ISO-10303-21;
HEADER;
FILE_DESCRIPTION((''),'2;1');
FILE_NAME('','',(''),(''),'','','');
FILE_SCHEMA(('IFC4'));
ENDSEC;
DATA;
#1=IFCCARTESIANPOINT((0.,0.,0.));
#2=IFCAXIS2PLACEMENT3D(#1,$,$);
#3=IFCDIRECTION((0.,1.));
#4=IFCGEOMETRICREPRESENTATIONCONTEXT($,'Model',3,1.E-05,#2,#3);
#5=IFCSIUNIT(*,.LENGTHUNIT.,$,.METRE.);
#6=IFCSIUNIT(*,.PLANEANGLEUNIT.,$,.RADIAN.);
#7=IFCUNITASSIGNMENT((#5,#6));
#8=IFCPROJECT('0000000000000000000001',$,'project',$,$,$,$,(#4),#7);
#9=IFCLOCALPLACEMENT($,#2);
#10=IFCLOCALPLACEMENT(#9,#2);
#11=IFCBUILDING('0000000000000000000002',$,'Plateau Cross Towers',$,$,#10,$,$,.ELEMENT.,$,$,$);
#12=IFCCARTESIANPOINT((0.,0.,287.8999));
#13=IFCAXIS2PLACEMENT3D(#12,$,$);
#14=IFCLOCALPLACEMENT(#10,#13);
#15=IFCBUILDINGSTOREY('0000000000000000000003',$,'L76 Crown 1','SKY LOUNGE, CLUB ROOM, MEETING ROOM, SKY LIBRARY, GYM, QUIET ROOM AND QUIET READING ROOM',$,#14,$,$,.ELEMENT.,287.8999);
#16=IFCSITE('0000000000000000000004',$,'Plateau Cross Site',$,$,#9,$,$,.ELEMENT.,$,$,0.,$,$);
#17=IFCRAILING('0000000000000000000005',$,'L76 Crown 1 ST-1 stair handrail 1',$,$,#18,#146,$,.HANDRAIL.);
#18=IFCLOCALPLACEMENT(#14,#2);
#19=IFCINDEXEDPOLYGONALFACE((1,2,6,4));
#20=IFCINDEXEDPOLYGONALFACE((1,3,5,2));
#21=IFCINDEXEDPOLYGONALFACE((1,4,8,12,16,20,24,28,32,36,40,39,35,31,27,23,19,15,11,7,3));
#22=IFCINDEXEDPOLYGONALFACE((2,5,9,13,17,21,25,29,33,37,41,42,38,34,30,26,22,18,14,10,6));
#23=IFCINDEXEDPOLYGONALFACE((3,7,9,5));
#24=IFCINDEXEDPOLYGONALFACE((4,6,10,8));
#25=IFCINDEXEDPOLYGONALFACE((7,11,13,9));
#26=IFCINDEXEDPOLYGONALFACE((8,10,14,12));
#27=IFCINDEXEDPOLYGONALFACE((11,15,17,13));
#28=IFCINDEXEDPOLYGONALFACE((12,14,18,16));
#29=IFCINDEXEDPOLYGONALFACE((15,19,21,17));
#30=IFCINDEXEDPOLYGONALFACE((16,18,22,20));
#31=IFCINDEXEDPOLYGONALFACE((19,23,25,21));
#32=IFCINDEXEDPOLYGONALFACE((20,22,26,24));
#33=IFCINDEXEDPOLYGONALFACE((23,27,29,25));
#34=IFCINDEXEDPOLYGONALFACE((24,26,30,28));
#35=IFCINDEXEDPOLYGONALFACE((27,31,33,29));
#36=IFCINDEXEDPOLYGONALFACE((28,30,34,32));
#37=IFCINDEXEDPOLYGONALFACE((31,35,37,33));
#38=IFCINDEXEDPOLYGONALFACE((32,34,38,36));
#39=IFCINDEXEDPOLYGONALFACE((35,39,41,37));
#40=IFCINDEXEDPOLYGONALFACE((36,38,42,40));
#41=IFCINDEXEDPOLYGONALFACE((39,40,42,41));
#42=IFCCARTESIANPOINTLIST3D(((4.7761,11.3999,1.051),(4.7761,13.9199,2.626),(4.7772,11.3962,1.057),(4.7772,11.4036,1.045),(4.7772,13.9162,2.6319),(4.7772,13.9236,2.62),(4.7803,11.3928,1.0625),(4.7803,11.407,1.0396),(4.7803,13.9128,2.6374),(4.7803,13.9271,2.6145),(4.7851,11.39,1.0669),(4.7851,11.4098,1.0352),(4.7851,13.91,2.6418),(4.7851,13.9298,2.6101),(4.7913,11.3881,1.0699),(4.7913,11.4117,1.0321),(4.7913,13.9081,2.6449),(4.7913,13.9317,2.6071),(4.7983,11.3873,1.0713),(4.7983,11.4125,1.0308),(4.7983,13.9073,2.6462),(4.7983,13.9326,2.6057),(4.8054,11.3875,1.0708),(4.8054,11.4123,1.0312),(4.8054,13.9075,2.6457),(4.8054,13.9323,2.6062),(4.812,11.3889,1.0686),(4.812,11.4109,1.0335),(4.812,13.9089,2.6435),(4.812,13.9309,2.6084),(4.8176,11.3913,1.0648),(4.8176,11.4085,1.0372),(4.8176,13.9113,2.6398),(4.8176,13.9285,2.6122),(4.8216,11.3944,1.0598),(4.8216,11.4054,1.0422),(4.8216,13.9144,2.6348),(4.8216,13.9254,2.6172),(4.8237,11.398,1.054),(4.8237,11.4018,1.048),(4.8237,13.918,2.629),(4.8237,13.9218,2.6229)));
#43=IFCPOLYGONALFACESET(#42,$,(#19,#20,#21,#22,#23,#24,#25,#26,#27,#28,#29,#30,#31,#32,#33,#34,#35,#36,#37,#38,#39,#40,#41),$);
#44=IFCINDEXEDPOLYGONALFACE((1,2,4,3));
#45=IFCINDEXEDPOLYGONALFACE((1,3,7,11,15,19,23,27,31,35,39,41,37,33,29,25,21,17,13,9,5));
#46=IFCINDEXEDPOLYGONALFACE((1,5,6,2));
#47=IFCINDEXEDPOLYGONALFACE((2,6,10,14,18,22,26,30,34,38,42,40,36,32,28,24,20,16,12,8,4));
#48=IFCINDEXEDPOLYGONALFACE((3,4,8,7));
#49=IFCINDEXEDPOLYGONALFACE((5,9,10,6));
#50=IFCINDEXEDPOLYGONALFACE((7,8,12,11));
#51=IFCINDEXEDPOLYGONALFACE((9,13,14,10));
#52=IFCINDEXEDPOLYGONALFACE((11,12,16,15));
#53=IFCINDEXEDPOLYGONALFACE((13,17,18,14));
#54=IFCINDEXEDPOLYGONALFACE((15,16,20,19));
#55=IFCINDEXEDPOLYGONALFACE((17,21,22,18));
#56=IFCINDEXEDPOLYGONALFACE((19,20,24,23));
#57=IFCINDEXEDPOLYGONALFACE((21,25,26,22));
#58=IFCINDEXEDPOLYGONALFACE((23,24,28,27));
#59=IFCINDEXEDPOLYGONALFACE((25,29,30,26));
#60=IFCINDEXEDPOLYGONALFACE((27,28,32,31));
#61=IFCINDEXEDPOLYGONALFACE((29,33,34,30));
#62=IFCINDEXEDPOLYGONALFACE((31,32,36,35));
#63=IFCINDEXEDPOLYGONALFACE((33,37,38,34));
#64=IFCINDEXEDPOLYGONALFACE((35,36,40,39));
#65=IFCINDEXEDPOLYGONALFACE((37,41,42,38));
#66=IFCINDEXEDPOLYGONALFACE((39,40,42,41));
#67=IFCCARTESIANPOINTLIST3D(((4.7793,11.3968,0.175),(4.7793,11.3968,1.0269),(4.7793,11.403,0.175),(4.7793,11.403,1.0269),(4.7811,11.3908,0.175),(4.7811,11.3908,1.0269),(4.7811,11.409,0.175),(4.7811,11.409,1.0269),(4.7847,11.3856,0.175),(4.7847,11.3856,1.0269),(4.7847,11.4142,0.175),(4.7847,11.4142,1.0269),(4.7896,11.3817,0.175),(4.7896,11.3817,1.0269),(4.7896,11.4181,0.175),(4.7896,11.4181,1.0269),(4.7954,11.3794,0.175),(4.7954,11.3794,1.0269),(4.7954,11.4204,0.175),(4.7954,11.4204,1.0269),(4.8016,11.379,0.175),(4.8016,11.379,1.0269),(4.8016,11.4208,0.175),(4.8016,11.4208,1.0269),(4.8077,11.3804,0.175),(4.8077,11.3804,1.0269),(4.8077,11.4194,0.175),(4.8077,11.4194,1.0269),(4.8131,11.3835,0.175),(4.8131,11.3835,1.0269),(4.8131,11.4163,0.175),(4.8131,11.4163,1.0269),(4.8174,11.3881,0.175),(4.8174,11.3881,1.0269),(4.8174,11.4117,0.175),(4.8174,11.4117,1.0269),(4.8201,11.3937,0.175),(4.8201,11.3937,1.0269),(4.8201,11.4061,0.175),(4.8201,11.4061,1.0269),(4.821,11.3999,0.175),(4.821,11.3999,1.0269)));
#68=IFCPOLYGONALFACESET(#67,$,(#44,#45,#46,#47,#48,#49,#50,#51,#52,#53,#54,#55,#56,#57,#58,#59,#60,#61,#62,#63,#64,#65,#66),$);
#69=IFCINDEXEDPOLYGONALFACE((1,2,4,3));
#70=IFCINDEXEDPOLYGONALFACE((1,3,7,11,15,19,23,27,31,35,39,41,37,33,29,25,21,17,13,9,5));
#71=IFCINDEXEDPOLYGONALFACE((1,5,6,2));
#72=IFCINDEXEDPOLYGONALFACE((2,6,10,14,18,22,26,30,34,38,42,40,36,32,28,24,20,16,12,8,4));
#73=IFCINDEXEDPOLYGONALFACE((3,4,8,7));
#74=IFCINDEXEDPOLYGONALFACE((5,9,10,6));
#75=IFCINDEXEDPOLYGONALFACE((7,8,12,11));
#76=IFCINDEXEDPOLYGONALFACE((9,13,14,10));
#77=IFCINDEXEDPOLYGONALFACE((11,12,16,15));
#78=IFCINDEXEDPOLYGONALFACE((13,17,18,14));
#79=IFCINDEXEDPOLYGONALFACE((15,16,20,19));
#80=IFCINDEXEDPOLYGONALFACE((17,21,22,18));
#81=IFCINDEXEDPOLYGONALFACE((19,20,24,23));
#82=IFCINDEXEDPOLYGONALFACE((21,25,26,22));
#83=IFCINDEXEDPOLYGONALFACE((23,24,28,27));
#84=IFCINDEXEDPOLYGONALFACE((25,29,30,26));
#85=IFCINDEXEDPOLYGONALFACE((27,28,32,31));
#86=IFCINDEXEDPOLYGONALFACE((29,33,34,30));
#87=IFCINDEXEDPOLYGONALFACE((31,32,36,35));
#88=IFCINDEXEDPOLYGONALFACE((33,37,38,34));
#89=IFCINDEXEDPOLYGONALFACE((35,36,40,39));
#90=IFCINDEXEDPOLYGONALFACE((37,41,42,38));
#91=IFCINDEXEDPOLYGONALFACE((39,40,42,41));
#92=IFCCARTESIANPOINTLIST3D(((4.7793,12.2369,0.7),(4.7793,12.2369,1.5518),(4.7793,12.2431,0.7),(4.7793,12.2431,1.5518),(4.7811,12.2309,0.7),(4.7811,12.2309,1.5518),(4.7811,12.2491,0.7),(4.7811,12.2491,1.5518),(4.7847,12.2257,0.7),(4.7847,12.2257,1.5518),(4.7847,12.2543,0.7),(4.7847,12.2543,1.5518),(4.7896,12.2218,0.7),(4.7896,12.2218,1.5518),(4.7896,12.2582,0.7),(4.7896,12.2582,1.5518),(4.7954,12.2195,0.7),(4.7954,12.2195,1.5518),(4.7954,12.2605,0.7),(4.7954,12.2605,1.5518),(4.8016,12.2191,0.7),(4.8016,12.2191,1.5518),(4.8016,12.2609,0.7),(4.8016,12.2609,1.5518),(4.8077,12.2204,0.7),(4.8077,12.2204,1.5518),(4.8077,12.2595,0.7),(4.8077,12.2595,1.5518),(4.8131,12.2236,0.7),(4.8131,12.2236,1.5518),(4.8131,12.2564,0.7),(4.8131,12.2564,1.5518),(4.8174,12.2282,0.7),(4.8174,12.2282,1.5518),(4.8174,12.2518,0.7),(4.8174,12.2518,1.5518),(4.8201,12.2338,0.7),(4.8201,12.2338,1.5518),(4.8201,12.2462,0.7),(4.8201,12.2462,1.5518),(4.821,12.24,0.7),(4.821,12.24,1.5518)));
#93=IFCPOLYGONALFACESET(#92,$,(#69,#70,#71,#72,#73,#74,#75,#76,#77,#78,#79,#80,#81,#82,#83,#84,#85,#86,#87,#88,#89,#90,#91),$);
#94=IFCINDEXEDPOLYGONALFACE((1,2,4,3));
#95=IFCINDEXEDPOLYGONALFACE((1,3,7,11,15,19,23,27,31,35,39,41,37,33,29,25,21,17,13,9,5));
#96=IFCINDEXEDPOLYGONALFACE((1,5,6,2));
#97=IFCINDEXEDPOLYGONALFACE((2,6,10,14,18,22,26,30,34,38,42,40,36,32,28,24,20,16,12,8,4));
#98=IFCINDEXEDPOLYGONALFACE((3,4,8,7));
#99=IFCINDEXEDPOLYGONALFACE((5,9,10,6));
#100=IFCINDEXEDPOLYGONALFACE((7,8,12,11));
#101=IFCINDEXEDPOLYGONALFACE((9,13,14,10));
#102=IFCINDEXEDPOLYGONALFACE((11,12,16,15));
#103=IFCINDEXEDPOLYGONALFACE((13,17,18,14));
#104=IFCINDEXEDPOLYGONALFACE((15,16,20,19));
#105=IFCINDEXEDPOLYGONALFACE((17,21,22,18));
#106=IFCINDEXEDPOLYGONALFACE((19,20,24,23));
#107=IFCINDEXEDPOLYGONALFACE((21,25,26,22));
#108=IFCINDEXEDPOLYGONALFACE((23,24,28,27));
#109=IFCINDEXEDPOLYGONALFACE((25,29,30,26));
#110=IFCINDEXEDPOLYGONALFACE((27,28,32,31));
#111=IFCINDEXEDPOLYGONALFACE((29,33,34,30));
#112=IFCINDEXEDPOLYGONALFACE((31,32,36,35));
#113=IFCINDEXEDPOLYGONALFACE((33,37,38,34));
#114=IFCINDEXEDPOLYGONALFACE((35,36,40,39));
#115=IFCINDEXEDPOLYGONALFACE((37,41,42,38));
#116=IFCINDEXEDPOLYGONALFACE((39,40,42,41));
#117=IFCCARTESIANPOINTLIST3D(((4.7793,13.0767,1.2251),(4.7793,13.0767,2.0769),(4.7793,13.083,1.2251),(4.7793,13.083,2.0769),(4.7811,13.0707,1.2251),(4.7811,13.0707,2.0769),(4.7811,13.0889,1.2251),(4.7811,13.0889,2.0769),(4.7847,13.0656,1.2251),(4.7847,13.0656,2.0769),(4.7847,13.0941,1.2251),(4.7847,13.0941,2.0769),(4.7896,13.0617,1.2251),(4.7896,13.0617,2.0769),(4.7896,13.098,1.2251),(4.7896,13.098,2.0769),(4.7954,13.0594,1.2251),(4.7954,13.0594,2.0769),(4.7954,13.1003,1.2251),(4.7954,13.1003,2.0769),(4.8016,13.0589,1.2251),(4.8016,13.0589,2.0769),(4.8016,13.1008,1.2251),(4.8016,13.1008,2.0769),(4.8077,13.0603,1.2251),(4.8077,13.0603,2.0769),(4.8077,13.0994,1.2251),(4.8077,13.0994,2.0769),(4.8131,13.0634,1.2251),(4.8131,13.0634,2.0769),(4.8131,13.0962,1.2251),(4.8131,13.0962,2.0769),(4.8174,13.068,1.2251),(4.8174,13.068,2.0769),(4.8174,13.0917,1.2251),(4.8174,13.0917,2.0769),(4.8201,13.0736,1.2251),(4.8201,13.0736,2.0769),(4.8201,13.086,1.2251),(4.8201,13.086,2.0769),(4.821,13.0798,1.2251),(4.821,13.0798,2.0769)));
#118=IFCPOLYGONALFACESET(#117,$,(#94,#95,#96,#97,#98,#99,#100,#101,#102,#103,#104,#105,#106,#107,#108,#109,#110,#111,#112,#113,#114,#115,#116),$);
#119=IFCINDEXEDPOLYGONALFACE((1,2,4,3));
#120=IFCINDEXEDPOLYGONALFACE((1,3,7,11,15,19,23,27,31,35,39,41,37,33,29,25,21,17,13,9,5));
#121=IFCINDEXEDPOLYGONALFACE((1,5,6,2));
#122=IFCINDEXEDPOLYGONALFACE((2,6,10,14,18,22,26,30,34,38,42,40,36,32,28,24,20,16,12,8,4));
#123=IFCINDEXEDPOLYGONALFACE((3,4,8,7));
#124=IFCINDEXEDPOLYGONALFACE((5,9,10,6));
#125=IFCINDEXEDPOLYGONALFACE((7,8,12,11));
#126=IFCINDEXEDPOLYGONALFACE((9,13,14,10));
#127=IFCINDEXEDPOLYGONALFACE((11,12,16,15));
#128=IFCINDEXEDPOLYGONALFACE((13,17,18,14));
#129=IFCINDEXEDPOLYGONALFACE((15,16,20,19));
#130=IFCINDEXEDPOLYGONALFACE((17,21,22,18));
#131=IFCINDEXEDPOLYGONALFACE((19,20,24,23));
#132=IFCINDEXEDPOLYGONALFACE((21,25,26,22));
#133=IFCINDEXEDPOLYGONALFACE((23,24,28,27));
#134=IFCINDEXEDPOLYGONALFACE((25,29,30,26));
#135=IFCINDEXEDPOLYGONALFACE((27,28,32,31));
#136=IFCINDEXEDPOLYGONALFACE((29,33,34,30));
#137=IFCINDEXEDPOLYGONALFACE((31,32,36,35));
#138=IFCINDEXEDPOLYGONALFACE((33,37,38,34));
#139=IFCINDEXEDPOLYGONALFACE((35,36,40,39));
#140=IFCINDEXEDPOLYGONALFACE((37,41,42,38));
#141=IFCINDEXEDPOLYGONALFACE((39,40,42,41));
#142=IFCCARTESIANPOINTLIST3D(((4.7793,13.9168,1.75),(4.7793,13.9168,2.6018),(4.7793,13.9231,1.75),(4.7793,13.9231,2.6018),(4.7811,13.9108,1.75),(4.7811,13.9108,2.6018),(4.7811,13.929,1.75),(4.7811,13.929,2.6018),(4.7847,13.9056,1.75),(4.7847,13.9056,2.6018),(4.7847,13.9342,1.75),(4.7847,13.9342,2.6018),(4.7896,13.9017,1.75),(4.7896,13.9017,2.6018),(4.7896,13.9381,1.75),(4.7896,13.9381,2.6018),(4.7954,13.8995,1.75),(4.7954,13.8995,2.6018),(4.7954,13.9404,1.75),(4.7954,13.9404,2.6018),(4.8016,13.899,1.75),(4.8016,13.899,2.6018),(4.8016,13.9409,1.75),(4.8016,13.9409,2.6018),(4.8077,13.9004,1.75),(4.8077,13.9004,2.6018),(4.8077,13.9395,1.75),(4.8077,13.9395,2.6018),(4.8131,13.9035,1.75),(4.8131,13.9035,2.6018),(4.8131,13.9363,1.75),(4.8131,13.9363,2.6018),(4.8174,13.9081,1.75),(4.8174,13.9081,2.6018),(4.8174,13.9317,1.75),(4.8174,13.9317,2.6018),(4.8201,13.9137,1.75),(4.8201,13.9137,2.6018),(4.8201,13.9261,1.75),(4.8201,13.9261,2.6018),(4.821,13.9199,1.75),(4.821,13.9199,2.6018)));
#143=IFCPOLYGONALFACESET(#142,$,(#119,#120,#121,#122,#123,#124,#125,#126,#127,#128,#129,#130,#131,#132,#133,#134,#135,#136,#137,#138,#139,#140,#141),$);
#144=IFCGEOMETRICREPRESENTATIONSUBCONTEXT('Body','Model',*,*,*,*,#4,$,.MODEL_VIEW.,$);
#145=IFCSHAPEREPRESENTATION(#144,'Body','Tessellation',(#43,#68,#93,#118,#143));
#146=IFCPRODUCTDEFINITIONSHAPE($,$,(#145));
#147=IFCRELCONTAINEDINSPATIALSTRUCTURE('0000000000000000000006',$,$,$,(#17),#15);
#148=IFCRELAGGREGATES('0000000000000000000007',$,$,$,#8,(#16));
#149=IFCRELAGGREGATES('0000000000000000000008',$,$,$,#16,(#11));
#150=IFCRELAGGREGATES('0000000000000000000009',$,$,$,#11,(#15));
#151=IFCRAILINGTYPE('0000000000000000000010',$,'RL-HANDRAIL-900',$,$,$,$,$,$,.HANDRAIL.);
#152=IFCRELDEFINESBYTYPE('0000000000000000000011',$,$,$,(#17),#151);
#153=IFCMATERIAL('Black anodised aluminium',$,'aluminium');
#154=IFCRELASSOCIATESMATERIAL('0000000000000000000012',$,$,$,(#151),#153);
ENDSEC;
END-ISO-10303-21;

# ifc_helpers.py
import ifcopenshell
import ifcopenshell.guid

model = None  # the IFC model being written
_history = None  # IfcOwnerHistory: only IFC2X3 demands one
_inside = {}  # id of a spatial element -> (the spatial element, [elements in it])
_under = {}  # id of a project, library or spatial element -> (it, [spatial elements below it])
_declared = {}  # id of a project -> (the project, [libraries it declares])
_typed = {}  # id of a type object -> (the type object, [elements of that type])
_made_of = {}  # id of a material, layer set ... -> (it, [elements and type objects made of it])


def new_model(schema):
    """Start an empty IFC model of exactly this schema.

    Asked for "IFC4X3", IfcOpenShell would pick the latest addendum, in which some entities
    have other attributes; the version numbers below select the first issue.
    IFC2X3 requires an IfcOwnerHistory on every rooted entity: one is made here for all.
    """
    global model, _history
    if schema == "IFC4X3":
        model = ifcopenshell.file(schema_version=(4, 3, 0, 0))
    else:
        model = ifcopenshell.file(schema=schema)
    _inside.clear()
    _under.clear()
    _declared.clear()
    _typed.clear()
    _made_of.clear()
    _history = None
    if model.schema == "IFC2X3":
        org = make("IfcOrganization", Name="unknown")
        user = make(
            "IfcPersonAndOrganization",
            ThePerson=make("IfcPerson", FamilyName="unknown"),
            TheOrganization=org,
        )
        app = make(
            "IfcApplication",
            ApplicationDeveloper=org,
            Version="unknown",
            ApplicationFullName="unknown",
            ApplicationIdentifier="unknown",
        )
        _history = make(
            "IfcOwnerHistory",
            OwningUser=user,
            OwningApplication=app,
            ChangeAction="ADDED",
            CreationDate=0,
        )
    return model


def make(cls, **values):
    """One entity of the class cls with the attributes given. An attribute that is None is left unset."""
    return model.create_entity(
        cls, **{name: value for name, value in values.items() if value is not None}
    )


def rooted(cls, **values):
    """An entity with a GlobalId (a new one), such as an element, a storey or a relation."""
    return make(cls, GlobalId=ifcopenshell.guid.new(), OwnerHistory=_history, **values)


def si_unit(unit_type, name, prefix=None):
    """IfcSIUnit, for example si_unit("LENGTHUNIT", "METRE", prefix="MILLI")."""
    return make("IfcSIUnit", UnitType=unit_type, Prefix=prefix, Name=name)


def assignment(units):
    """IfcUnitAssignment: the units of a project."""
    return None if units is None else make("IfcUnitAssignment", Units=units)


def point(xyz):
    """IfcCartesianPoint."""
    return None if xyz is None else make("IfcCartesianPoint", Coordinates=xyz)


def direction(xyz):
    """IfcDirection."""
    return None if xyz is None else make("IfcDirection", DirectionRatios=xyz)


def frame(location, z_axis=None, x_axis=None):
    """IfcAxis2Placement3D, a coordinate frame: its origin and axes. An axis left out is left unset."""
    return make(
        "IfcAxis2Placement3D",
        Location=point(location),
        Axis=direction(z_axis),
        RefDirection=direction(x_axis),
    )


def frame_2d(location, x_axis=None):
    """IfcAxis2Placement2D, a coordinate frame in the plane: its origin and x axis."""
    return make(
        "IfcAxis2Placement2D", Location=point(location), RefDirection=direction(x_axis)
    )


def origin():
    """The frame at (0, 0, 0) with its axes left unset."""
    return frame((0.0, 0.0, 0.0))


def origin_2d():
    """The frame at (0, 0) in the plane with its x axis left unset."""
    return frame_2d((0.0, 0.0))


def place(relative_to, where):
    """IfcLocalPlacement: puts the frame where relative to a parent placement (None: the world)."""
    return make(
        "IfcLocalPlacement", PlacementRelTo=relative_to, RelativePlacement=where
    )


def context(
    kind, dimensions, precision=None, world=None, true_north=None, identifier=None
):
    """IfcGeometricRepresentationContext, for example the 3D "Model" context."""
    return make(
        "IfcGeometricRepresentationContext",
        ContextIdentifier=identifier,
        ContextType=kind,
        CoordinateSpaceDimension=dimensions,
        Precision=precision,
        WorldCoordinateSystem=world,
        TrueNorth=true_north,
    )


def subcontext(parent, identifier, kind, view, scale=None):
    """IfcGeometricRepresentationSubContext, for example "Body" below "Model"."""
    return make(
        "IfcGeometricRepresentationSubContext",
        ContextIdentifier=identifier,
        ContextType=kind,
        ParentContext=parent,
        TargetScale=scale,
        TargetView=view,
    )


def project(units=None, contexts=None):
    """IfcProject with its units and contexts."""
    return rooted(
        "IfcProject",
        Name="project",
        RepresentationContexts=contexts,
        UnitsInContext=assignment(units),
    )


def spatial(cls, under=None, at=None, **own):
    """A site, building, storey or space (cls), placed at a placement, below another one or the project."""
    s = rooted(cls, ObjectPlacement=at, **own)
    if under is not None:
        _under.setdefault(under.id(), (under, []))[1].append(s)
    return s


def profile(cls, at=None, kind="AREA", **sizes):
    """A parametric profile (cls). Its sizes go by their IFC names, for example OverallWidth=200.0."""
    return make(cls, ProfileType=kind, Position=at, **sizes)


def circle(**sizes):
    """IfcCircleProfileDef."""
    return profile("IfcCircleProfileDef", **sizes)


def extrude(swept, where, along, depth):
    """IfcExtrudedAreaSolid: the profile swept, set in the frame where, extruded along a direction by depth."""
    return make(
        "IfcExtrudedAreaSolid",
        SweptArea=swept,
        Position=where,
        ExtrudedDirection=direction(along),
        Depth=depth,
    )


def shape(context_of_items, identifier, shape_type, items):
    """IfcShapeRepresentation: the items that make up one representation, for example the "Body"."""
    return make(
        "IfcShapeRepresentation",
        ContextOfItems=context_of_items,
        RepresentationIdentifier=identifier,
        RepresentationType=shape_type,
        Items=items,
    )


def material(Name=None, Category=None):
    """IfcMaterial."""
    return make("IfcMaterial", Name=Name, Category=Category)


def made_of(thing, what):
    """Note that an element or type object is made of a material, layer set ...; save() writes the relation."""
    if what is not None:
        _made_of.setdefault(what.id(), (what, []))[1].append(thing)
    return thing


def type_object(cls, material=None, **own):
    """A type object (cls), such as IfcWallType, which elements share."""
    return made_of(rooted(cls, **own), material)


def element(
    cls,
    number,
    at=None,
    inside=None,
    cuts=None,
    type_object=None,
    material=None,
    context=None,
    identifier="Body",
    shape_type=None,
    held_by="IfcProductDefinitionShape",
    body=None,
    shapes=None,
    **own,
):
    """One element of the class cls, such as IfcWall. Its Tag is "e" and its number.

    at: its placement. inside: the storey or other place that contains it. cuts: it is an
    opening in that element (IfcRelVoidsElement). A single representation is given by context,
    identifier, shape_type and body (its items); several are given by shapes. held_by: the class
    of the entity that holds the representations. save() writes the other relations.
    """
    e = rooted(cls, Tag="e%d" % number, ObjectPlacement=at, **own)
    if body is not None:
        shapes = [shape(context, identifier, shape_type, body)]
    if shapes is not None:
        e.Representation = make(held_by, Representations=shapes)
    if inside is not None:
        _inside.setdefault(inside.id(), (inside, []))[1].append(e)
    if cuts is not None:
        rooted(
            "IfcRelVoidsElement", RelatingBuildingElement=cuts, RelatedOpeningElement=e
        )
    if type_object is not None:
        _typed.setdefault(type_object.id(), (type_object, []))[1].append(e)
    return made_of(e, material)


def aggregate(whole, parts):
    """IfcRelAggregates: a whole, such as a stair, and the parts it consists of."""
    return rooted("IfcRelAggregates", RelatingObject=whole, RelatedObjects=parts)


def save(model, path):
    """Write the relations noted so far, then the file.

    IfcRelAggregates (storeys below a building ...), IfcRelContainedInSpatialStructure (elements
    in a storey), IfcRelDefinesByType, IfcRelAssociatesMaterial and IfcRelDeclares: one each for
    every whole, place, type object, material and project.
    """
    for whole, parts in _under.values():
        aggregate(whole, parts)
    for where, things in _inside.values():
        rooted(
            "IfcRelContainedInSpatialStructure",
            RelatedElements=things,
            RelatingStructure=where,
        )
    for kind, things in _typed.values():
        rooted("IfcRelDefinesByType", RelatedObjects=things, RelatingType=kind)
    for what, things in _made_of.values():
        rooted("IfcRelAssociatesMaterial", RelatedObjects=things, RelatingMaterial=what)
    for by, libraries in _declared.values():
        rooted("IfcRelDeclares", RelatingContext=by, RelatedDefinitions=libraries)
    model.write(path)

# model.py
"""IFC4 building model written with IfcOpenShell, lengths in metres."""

from ifc_helpers import new_model, si_unit, direction, frame, origin, origin_2d, place, context, subcontext, project, spatial, circle, extrude, material, type_object, element, save


model = new_model("IFC4")

# Units and contexts
model_context = context("Model", 3, precision=1e-05, world=origin(), true_north=direction((0.0, 1.0)))
body_context = subcontext(model_context, "Body", "Model", "MODEL_VIEW")
ifc_project = project(units=[si_unit("LENGTHUNIT", "METRE"), si_unit("PLANEANGLEUNIT", "RADIAN")], contexts=[model_context])

# Site, building, storey
site_placement = place(None, origin())
site = spatial("IfcSite", under=ifc_project, at=site_placement, Name="Plateau Cross Site", CompositionType="ELEMENT", RefElevation=0.0)
building_placement = place(site_placement, origin())
building = spatial("IfcBuilding", under=site, at=building_placement, Name="Plateau Cross Towers", CompositionType="ELEMENT")
storey_placement = place(building_placement, frame((0.0, 0.0, 287.8999)))
storey = spatial("IfcBuildingStorey", under=building, at=storey_placement, Name="L76 Crown 1", Description="SKY LOUNGE, CLUB ROOM, MEETING ROOM, SKY LIBRARY, GYM, QUIET ROOM AND QUIET READING ROOM", CompositionType="ELEMENT", Elevation=287.8999)

# Shared definitions
ifc_material_1 = material(Name="Black anodised aluminium", Category="aluminium")

# Railing
railing_type = type_object("IfcRailingType", Name="RL-HANDRAIL-900", PredefinedType="HANDRAIL", material=ifc_material_1)
railing_placement = place(storey_placement, frame((4.8, 11.3999, 0.175)))
element("IfcRailing", 1, at=railing_placement, inside=storey, type_object=railing_type, Name="L76 Crown 1 ST-1 stair handrail 1", PredefinedType="HANDRAIL", context=body_context, shape_type="SweptSolid", body=[
    extrude(circle(Radius=0.0239, at=origin_2d()), frame((0.0, 0.0, 0.876), z_axis=(0.0, 0.848008, 0.529984), x_axis=(-1.0, 0.0, 0.0)), (0.0, 0.0, 1.0), 2.9717),
    extrude(circle(Radius=0.021, at=origin_2d()), origin(), (0.0, 0.0, 1.0), 0.8518),
    extrude(circle(Radius=0.021, at=origin_2d()), frame((0.0, 0.8401, 0.5249)), (0.0, 0.0, 1.0), 0.8518),
    extrude(circle(Radius=0.021, at=origin_2d()), frame((0.0, 1.6799, 1.05)), (0.0, 0.0, 1.0), 0.8518),
    extrude(circle(Radius=0.021, at=origin_2d()), frame((0.0, 2.52, 1.575)), (0.0, 0.0, 1.0), 0.8518),
])

save(model, "model.ifc")
